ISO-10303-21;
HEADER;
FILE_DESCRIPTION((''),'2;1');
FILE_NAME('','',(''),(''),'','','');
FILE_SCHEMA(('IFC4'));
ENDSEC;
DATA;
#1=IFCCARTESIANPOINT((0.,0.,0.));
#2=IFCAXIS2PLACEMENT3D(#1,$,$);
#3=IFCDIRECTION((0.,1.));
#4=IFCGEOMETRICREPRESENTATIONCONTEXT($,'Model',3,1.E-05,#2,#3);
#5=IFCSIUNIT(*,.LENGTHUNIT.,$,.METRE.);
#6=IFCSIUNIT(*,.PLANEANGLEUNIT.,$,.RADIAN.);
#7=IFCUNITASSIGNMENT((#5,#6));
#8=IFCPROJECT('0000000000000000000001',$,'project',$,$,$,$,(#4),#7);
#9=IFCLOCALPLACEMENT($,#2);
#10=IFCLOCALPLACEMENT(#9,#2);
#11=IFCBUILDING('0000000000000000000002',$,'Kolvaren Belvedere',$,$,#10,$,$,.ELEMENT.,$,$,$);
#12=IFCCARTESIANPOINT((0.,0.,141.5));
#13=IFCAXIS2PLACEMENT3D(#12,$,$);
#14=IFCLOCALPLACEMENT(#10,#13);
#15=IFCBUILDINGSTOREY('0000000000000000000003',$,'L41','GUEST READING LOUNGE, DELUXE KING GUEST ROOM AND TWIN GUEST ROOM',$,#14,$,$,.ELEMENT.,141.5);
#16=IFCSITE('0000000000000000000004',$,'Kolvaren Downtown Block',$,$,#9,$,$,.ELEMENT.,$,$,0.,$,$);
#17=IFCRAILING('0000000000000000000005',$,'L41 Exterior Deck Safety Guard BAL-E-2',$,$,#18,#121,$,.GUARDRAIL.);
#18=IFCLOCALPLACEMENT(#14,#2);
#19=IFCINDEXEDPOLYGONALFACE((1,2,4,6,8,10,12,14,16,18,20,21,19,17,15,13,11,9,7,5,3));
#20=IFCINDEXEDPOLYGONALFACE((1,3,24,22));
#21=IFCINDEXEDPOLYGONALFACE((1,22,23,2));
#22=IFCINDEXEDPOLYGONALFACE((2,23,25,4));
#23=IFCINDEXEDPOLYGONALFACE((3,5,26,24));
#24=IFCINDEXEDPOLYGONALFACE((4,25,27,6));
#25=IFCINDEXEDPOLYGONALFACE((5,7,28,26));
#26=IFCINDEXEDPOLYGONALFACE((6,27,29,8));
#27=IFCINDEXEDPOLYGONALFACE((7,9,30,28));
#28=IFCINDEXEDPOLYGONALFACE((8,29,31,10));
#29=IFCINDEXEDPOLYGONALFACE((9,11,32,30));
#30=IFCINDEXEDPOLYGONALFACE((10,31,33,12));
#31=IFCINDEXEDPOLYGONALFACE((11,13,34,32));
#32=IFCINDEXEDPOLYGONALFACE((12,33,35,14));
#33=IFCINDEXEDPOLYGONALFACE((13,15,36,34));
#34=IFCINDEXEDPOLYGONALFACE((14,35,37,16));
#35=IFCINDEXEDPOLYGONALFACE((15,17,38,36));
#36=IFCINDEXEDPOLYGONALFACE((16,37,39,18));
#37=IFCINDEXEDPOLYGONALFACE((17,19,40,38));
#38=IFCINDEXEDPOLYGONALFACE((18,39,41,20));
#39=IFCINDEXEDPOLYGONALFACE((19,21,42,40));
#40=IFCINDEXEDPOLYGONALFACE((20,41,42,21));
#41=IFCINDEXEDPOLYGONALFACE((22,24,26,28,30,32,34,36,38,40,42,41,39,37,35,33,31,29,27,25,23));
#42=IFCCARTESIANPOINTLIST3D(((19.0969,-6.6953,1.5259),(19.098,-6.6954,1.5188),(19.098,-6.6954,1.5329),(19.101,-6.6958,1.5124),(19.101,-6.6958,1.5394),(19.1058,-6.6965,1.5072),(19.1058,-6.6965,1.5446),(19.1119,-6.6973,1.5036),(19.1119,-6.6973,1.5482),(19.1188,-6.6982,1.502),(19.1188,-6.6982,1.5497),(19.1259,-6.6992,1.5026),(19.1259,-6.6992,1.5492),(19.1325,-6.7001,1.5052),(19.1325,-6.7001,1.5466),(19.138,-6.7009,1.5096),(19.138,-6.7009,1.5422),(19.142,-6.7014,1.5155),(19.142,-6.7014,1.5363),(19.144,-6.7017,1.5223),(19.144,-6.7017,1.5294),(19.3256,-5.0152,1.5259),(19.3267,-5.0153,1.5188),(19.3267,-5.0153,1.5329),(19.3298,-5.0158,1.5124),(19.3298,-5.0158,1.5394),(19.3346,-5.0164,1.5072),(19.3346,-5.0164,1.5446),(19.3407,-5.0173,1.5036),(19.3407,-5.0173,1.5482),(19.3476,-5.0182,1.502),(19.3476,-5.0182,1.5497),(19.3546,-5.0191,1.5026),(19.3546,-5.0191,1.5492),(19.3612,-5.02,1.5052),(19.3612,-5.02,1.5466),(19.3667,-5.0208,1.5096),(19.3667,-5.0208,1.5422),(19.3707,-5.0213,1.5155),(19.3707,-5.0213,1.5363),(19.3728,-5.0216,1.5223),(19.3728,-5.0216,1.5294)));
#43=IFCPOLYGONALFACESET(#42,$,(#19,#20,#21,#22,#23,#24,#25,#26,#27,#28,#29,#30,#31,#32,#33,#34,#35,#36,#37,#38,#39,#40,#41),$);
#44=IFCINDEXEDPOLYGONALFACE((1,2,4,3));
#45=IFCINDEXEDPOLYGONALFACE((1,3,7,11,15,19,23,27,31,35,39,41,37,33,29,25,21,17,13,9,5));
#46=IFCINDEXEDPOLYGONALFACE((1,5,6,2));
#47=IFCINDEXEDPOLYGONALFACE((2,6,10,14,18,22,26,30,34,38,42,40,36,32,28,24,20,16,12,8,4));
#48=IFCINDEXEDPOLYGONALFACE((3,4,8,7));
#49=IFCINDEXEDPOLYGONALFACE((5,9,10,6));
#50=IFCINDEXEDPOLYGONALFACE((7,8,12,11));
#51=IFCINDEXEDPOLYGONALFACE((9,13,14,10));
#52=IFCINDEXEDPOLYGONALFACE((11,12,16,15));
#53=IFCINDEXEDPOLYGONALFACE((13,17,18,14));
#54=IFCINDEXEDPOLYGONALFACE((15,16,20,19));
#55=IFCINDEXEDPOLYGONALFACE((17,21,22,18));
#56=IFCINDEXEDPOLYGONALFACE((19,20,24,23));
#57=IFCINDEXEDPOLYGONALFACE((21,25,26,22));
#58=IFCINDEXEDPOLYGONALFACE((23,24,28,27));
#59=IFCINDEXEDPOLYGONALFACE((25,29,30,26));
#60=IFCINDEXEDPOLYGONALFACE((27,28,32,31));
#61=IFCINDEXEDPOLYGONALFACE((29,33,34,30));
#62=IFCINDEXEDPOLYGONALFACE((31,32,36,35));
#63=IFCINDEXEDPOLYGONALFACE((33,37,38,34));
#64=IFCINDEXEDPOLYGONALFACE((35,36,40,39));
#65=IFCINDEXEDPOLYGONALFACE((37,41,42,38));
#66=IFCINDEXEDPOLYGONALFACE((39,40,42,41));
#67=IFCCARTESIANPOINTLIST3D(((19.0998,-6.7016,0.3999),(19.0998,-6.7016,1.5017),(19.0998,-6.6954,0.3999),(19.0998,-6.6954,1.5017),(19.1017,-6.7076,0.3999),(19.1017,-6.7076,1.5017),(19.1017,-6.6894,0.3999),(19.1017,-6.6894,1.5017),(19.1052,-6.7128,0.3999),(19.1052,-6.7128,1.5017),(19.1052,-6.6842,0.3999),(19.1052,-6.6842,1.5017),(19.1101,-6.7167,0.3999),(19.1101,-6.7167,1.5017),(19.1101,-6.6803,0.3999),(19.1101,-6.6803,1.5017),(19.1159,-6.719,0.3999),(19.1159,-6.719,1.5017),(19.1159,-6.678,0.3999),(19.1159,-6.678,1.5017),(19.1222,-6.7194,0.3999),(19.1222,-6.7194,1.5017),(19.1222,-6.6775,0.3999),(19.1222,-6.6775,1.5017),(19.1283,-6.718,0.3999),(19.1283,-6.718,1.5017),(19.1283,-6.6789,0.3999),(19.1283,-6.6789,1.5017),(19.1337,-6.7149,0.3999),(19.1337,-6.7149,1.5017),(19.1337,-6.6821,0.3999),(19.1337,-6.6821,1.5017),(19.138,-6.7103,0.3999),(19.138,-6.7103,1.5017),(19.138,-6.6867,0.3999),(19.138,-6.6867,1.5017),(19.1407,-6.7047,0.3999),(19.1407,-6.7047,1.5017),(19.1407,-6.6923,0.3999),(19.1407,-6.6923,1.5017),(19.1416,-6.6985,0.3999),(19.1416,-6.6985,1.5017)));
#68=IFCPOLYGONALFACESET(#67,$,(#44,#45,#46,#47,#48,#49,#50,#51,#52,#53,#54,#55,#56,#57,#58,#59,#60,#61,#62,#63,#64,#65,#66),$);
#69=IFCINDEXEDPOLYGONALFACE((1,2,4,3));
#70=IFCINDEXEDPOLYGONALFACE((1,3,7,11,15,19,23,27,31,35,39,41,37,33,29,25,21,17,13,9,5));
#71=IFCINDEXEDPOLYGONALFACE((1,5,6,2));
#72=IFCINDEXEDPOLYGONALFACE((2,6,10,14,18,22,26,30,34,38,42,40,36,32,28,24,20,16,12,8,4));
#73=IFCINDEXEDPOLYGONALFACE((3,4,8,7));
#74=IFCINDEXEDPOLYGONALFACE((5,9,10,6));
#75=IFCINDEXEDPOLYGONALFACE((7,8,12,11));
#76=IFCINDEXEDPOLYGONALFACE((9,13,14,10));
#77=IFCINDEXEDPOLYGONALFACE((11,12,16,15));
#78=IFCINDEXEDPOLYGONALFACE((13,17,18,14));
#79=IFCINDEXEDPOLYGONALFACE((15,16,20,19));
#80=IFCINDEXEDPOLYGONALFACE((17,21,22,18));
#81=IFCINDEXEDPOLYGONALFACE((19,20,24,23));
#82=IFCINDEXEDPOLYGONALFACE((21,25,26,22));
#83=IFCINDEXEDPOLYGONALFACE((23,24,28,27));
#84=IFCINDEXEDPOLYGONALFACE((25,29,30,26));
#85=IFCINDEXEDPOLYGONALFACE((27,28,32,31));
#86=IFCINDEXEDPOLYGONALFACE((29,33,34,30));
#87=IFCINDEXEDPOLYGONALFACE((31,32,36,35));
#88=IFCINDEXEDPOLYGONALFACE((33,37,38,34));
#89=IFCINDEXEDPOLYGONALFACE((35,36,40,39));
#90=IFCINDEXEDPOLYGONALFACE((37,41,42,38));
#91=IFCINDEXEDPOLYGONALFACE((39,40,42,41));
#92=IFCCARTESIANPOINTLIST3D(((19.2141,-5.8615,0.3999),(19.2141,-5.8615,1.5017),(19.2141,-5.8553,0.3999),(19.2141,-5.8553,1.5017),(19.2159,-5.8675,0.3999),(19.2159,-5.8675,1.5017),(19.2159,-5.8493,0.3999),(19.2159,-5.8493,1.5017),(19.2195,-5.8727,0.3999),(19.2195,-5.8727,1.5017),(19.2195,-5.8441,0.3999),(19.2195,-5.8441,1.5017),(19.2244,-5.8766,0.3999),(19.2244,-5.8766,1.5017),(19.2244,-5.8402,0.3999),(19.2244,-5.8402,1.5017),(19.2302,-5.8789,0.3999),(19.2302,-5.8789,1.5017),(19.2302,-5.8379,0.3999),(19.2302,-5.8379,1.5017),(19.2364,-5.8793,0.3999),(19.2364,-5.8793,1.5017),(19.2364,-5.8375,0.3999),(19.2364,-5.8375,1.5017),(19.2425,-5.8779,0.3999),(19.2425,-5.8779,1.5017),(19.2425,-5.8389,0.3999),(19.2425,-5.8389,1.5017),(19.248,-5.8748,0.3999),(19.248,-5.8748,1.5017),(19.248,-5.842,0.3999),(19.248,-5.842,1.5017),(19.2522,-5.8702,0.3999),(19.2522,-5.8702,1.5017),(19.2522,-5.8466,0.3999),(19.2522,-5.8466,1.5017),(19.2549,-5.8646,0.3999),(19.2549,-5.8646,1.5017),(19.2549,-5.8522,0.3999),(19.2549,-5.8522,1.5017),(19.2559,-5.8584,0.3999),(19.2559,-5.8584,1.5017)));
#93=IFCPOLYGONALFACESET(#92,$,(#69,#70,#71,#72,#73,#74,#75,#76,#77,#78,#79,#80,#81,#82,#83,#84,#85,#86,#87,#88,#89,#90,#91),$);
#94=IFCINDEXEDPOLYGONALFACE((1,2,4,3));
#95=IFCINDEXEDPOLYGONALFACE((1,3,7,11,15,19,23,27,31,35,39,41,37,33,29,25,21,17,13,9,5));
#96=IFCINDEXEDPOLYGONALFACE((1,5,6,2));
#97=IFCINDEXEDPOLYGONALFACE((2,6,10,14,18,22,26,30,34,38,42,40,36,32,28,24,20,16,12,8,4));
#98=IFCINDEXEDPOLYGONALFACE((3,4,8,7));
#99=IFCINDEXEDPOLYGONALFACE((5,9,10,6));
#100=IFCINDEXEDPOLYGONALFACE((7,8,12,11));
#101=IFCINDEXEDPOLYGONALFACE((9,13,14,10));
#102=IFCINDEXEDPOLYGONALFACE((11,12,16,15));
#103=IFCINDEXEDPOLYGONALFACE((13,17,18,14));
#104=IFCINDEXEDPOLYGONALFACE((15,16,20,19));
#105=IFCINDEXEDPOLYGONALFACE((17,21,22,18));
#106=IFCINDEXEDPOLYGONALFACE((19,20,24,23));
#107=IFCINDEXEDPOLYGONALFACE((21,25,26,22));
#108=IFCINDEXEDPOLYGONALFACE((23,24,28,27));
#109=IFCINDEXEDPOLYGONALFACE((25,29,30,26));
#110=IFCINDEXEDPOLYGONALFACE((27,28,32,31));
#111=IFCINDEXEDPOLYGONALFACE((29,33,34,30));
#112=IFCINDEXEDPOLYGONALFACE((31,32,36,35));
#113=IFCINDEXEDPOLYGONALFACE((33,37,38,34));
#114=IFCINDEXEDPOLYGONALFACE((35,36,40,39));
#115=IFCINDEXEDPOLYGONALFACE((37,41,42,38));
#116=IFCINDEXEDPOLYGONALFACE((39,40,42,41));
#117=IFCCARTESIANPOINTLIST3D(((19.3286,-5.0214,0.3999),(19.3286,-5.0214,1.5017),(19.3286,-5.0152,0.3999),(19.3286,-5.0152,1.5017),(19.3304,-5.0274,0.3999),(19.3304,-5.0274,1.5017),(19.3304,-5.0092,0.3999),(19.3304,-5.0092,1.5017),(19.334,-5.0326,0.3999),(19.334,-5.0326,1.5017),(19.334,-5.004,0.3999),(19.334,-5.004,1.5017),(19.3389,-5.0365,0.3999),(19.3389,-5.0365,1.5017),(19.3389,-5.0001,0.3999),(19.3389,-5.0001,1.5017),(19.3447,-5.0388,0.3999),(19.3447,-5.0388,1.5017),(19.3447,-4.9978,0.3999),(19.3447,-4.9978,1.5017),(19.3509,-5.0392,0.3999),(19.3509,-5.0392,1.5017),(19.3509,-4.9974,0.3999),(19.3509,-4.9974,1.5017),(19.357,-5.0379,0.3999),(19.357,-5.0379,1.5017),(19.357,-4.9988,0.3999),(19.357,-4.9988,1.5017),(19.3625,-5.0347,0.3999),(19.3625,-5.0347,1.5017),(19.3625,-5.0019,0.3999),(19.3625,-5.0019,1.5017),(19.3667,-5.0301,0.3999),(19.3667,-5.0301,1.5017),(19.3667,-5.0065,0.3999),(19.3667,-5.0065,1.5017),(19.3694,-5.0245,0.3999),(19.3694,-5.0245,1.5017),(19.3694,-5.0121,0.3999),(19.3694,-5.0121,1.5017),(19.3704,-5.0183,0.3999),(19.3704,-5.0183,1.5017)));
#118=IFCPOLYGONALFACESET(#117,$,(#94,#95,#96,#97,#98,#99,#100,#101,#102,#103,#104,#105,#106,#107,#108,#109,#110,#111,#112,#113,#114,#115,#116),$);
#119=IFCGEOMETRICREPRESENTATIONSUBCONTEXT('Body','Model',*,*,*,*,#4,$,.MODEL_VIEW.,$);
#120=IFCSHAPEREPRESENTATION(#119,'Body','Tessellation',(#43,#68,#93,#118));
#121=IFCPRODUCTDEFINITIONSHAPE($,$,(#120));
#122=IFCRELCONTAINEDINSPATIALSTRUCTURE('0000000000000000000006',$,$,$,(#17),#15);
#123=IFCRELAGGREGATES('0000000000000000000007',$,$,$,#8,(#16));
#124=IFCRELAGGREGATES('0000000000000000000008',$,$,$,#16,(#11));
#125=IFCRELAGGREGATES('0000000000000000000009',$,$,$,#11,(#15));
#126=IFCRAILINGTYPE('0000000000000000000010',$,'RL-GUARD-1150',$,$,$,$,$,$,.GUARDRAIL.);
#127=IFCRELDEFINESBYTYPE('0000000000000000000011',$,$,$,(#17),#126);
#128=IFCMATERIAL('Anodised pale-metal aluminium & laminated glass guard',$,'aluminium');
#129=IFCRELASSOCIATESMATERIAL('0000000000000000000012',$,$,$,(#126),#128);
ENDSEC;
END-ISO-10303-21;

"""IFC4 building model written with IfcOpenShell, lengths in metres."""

from ifc_helpers import new_model, si_unit, direction, frame, origin, origin_2d, place, context, subcontext, project, spatial, circle, extrude, material, type_object, element, save


model = new_model("IFC4")

# Units and contexts
model_context = context("Model", 3, precision=1e-05, world=origin(), true_north=direction((0.0, 1.0)))
body_context = subcontext(model_context, "Body", "Model", "MODEL_VIEW")
ifc_project = project(units=[si_unit("LENGTHUNIT", "METRE"), si_unit("PLANEANGLEUNIT", "RADIAN")], contexts=[model_context])

# Site, building, storey
site_placement = place(None, origin())
site = spatial("IfcSite", under=ifc_project, at=site_placement, Name="Kolvaren Downtown Block", CompositionType="ELEMENT", RefElevation=0.0)
building_placement = place(site_placement, origin())
building = spatial("IfcBuilding", under=site, at=building_placement, Name="Kolvaren Belvedere", CompositionType="ELEMENT")
storey_placement = place(building_placement, frame((0.0, 0.0, 141.5)))
storey = spatial("IfcBuildingStorey", under=building, at=storey_placement, Name="L41", Description="GUEST READING LOUNGE, DELUXE KING GUEST ROOM AND TWIN GUEST ROOM", CompositionType="ELEMENT", Elevation=141.5)

# Railing
ifc_material_1 = material(Name="Anodised pale-metal aluminium & laminated glass guard", Category="aluminium")
railing_type = type_object("IfcRailingType", Name="RL-GUARD-1150", PredefinedType="GUARDRAIL", material=ifc_material_1)
railing_1_placement = place(storey_placement, frame((19.1206, -6.6985, 0.3999)))
element("IfcRailing", 1, at=railing_1_placement, inside=storey, type_object=railing_type, Name="L41 Exterior Deck Safety Guard BAL-E-2", PredefinedType="GUARDRAIL", context=body_context, shape_type="SweptSolid", body=[
    extrude(circle(Radius=0.0239, at=origin_2d()), frame((0.0, 0.0, 1.126), z_axis=(0.134908, 0.990858, 0.0), x_axis=(-0.990858, 0.134908, 0.0)), (0.0, 0.0, 1.0), 1.6956),
    extrude(circle(Radius=0.021, at=origin_2d()), origin(), (0.0, 0.0, 1.0), 1.1018),
    extrude(circle(Radius=0.021, at=origin_2d()), frame((0.1143, 0.8401, 0.0)), (0.0, 0.0, 1.0), 1.1018),
    extrude(circle(Radius=0.021, at=origin_2d()), frame((0.2288, 1.6802, 0.0)), (0.0, 0.0, 1.0), 1.1018),
])

save(model, "model.ifc")
